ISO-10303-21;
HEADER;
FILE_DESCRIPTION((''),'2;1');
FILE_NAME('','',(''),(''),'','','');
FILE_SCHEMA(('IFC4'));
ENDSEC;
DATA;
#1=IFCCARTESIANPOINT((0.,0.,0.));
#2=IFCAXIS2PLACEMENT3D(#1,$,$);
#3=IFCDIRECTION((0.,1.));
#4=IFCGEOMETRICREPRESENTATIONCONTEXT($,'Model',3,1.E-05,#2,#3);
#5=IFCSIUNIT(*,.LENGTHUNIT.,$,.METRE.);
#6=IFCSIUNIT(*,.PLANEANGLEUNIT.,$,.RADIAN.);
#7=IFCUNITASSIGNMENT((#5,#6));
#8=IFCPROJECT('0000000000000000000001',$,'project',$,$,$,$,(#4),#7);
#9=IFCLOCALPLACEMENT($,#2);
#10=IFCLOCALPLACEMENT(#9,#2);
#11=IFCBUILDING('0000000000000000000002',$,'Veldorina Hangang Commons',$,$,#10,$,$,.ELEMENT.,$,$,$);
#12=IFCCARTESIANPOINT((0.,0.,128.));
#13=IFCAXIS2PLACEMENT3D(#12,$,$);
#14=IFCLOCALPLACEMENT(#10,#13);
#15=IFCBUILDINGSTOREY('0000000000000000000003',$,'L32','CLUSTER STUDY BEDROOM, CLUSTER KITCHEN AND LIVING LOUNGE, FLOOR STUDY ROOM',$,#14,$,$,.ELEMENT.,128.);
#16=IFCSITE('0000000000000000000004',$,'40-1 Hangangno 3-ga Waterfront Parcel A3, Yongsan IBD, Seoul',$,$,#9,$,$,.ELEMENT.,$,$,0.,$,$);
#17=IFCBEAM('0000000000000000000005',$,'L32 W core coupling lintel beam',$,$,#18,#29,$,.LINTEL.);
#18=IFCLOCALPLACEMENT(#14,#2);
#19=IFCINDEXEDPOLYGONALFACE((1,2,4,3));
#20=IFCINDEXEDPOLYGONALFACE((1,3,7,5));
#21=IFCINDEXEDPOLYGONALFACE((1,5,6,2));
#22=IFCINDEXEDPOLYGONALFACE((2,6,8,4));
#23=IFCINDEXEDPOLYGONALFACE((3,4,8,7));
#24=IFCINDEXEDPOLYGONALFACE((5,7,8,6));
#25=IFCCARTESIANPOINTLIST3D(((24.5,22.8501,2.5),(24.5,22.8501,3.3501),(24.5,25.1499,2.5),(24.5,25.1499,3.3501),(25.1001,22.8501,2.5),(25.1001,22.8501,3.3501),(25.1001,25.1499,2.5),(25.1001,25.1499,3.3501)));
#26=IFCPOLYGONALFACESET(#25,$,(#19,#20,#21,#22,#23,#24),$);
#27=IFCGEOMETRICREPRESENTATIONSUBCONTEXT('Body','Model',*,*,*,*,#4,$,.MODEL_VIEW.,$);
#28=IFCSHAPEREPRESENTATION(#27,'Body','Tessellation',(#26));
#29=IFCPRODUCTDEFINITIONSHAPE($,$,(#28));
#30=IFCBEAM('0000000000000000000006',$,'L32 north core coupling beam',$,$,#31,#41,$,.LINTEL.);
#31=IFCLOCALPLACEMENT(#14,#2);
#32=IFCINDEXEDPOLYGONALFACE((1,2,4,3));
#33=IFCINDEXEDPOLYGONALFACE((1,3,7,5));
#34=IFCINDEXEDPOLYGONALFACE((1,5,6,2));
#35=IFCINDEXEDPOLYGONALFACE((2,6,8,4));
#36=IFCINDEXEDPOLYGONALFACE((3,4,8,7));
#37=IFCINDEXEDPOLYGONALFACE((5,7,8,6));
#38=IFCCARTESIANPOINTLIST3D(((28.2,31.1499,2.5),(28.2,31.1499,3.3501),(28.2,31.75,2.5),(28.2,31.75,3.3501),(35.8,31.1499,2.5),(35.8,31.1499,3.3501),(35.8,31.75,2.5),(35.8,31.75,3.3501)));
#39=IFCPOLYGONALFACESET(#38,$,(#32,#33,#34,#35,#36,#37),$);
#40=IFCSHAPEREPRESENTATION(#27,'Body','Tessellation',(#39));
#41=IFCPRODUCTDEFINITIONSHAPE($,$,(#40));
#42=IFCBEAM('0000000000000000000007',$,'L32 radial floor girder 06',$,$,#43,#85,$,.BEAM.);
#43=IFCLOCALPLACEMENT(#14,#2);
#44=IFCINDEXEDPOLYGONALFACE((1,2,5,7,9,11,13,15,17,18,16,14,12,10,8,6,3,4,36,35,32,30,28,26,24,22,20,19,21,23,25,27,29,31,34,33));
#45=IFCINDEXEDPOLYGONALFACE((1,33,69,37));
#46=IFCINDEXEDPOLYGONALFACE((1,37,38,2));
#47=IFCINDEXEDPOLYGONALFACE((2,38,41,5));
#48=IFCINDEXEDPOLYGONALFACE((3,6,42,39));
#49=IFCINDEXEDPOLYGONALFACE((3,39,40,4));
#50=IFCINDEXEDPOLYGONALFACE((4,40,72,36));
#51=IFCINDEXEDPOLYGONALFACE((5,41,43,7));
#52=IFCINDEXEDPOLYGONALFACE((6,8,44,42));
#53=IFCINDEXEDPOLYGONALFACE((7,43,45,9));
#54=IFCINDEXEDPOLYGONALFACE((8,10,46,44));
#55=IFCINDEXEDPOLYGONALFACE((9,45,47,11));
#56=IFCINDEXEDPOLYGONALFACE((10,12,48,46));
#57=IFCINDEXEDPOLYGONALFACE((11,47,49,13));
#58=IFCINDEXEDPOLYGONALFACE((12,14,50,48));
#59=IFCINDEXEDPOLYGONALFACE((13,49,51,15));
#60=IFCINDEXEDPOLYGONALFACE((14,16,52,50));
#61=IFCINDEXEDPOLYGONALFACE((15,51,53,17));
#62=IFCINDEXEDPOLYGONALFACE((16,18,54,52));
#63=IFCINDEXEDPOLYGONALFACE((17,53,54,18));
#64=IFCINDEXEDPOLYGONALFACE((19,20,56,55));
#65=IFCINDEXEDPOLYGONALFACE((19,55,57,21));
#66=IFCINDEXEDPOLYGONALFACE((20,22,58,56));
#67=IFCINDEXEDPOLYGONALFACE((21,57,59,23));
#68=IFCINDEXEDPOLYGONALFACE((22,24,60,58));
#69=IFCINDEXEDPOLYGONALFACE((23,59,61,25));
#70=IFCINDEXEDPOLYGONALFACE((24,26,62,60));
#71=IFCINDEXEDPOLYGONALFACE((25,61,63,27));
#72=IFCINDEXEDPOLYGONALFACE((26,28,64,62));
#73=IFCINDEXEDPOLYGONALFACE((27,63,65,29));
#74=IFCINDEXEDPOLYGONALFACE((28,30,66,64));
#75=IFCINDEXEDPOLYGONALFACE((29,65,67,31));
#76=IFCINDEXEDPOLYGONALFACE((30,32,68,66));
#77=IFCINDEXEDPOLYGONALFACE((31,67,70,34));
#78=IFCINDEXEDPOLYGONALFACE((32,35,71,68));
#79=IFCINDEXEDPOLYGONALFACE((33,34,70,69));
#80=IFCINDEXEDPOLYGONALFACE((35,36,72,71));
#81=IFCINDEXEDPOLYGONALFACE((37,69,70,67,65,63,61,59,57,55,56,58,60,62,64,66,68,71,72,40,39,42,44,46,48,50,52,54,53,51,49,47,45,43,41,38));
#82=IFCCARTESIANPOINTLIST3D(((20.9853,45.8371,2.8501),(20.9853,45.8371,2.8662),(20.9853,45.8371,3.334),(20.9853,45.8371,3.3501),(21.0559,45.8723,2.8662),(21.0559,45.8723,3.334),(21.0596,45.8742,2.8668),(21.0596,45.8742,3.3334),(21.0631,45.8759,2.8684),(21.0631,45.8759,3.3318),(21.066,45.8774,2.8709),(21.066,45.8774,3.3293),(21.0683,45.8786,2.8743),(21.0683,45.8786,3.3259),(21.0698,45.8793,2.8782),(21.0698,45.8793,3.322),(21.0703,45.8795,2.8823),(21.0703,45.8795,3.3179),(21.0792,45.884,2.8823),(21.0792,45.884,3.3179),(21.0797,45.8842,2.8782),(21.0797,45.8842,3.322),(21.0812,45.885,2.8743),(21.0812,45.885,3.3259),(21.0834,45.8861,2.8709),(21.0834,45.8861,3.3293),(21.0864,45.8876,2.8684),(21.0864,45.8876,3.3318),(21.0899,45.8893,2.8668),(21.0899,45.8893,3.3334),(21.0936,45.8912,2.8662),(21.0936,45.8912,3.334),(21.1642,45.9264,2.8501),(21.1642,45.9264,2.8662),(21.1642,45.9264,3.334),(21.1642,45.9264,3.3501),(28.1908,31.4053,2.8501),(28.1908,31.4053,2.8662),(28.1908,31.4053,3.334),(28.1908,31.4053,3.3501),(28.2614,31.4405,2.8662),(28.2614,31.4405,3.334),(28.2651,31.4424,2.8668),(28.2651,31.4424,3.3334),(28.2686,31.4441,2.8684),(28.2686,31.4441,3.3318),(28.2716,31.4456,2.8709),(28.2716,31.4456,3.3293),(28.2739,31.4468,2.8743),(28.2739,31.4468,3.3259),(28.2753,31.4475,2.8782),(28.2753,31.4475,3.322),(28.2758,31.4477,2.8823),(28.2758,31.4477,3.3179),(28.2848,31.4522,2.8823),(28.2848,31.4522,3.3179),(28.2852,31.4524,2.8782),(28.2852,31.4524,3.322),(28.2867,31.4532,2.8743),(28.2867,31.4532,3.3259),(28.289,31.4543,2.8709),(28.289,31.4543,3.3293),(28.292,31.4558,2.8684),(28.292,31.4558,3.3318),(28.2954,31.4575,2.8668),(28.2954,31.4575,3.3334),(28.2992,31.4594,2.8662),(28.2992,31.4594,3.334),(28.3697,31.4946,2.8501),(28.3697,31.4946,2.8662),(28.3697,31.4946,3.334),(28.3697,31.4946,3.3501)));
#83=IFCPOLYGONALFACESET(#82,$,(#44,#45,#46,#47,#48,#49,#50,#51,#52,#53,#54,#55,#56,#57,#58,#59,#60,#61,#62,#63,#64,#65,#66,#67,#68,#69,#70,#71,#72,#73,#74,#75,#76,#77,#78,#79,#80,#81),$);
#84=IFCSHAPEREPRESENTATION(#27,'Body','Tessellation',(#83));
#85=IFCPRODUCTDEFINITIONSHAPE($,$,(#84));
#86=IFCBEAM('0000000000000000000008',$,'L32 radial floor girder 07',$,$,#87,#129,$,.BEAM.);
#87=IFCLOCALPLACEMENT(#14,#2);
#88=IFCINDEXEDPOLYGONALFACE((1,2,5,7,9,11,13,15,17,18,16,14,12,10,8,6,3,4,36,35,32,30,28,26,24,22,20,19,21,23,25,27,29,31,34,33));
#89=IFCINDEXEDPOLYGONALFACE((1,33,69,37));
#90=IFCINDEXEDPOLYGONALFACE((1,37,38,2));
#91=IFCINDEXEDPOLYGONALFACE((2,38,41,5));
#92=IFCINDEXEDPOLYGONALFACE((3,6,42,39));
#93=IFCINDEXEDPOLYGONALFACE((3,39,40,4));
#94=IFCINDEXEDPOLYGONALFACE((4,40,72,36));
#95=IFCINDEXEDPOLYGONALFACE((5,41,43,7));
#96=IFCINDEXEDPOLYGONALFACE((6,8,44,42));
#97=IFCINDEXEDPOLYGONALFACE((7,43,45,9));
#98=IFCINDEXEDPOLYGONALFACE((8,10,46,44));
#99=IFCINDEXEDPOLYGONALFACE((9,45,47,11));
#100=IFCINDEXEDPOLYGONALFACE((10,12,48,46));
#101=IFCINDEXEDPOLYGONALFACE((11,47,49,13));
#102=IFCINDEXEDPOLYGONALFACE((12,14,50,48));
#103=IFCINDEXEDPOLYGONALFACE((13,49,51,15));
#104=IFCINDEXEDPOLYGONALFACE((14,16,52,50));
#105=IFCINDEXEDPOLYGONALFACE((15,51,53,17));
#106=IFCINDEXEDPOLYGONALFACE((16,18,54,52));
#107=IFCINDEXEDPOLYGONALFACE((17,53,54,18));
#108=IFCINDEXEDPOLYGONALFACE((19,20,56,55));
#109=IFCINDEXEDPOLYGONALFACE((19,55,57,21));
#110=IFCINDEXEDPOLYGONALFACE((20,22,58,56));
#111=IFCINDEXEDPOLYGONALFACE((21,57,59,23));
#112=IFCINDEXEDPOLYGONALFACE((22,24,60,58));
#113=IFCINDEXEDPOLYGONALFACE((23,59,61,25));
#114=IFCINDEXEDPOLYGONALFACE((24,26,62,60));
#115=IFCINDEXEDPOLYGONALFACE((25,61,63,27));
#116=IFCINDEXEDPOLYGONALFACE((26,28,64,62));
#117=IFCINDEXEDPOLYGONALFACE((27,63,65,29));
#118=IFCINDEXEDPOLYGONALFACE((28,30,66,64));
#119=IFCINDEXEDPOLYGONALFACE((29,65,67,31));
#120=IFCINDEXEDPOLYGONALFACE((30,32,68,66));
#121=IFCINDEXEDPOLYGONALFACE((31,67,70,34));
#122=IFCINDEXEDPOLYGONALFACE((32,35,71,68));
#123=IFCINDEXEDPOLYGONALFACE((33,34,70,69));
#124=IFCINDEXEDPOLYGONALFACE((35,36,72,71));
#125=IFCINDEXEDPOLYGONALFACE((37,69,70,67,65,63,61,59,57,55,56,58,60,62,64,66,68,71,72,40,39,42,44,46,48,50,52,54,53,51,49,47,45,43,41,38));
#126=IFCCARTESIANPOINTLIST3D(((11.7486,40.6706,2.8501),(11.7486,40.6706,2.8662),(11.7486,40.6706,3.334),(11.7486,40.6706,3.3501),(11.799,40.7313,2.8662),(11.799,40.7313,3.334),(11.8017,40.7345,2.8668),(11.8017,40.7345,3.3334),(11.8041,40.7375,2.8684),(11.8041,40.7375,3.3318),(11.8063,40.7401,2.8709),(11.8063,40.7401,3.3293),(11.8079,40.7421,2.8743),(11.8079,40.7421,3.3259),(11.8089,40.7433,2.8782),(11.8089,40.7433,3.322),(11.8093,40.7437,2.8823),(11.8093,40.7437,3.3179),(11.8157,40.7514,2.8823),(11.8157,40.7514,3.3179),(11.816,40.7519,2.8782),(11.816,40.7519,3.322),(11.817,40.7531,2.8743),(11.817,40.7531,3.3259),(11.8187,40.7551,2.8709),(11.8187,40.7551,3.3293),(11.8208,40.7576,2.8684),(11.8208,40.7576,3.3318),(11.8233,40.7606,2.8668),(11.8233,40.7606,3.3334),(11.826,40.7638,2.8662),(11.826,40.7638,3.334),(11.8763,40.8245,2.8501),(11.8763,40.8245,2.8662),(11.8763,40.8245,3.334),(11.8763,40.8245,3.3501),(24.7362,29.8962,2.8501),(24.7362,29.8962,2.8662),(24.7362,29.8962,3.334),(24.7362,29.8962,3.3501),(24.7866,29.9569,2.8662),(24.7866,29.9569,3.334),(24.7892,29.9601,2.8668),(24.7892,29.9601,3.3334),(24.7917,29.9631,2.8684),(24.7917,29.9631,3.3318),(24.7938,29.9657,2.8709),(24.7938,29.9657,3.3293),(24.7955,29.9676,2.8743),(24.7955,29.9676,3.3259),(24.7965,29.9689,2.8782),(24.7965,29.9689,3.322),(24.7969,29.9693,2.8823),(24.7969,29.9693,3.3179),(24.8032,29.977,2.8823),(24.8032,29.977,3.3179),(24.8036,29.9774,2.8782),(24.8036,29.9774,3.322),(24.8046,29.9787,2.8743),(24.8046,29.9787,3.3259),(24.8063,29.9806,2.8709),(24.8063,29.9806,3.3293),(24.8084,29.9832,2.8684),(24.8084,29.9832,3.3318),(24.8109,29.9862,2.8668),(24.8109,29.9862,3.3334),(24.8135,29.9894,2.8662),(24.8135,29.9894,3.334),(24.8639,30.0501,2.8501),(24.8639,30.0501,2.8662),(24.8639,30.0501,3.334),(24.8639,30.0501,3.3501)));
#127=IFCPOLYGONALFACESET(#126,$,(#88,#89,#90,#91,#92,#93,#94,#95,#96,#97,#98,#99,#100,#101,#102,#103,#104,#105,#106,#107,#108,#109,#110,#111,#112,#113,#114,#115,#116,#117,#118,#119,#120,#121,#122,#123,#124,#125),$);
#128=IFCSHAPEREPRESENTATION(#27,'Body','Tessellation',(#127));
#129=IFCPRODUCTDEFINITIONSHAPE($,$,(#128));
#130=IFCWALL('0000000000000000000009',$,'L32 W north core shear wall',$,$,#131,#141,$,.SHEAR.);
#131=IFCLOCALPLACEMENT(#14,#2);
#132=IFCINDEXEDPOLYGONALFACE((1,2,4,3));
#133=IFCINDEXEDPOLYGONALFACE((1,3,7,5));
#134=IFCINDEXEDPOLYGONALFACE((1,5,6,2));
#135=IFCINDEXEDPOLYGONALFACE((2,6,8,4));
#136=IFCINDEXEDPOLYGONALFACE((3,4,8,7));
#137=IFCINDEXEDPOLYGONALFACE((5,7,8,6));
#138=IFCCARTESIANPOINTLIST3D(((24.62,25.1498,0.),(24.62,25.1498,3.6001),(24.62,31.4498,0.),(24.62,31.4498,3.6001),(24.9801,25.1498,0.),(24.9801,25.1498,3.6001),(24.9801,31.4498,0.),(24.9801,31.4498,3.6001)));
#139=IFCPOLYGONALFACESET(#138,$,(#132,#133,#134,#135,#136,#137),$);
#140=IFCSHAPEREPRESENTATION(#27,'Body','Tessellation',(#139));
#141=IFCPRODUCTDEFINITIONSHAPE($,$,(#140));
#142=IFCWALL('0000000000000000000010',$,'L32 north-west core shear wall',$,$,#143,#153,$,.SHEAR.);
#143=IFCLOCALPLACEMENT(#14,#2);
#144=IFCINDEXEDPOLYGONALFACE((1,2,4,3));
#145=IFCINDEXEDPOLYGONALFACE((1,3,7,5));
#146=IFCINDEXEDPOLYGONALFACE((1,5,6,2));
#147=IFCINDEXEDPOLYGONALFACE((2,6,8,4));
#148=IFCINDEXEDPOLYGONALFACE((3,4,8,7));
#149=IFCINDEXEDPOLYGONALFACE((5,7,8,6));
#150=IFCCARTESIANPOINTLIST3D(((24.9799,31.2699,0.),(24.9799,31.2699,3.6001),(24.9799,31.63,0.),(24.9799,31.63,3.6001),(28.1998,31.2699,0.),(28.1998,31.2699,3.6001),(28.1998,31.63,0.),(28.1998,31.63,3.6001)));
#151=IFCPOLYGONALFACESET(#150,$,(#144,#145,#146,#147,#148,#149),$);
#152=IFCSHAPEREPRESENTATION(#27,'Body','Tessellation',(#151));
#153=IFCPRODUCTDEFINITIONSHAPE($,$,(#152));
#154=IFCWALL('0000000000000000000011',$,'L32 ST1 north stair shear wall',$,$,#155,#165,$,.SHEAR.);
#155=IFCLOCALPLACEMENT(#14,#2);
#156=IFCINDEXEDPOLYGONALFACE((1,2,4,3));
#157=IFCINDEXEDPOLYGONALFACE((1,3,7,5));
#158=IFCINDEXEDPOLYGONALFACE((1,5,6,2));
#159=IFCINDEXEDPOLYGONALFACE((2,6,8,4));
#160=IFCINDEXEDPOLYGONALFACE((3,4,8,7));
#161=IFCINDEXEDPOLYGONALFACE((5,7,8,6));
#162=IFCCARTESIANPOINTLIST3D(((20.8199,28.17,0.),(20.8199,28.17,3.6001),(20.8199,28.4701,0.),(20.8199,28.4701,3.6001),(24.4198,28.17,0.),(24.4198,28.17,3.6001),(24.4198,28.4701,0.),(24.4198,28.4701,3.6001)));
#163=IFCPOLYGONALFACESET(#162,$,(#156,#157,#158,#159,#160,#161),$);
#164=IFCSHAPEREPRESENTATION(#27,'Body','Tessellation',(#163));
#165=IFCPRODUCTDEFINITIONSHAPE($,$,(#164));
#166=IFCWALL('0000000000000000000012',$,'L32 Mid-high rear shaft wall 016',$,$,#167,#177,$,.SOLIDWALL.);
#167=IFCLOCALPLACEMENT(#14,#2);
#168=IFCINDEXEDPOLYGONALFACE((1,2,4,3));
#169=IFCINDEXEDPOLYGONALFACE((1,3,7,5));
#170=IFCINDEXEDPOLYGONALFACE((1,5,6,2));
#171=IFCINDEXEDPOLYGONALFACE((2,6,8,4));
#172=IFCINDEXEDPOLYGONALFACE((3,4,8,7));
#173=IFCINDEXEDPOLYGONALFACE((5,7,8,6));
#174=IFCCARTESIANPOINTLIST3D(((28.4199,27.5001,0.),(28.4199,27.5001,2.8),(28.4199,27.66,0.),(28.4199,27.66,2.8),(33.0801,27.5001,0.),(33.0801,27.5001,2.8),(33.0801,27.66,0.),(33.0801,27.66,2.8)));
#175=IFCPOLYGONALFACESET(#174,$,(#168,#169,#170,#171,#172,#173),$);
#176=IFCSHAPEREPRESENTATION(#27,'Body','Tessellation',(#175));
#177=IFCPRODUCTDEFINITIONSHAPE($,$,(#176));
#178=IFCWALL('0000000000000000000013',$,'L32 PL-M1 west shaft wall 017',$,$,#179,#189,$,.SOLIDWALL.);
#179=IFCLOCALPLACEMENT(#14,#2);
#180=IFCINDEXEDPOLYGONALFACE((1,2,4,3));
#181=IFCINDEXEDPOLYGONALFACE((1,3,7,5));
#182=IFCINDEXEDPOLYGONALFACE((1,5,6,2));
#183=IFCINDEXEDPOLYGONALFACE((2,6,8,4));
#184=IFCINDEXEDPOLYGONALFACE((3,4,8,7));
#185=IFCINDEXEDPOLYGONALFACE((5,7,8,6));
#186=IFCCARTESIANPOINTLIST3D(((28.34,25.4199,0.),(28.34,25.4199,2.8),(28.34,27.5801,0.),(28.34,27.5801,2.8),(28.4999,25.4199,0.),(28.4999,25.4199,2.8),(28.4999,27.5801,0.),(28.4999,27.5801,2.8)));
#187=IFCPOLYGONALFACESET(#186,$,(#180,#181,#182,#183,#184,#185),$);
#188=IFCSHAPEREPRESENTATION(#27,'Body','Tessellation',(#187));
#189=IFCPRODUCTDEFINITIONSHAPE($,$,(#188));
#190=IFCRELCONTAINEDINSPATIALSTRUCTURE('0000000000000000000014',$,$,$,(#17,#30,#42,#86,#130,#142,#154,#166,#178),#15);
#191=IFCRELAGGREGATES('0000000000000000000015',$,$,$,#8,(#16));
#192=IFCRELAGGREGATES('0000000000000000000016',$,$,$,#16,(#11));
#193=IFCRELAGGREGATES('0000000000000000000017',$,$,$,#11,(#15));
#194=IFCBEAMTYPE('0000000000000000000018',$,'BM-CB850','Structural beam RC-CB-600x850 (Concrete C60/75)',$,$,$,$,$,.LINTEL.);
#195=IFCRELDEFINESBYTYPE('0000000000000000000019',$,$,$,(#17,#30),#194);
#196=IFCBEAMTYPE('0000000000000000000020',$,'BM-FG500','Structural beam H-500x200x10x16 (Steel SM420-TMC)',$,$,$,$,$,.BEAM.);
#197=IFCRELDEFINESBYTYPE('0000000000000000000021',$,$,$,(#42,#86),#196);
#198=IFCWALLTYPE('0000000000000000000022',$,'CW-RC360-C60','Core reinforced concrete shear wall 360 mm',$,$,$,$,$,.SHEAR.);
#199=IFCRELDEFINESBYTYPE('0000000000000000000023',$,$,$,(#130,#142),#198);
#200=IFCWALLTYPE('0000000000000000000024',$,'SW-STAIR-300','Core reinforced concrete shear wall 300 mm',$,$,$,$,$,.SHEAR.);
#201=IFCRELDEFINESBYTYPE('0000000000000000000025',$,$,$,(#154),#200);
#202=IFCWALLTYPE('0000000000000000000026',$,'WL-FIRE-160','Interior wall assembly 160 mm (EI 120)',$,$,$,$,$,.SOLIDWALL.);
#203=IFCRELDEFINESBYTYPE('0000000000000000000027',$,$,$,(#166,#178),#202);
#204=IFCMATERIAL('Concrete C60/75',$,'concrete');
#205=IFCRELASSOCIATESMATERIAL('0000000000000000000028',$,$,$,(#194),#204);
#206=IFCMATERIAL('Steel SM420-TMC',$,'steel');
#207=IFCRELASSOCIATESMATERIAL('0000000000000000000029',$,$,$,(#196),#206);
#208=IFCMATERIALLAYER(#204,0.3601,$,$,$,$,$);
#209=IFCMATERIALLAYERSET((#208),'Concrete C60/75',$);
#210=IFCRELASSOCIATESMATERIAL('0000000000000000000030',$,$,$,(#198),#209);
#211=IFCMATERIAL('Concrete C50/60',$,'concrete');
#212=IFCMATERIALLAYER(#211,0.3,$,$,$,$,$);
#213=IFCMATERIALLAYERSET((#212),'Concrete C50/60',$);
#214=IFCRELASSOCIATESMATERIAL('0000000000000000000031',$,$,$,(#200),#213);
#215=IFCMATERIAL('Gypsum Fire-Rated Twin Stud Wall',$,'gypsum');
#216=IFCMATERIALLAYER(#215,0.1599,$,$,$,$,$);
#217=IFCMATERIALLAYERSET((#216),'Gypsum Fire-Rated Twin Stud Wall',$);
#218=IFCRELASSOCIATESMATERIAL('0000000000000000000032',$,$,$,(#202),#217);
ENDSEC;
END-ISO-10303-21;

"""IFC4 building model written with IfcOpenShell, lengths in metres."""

from ifc_helpers import new_model, si_unit, direction, frame, frame_2d, origin, origin_2d, place, context, subcontext, project, spatial, rectangle, i_section, extrude, material, layer, layer_set, material_profile, profile_set, type_object, element, save


model = new_model("IFC4")

# Units and contexts
model_context = context("Model", 3, precision=1e-05, world=origin(), true_north=direction((0.0, 1.0)))
body_context = subcontext(model_context, "Body", "Model", "MODEL_VIEW")
ifc_project = project(units=[si_unit("LENGTHUNIT", "METRE"), si_unit("PLANEANGLEUNIT", "RADIAN")], contexts=[model_context])

# Site, building, storey
site_placement = place(None, origin())
site = spatial("IfcSite", under=ifc_project, at=site_placement, Name="40-1 Hangangno 3-ga Waterfront Parcel A3, Yongsan IBD, Seoul", CompositionType="ELEMENT", RefElevation=0.0)
building_placement = place(site_placement, origin())
building = spatial("IfcBuilding", under=site, at=building_placement, Name="Veldorina Hangang Commons", CompositionType="ELEMENT")
storey_placement = place(building_placement, frame((0.0, 0.0, 128.0)))
storey = spatial("IfcBuildingStorey", under=building, at=storey_placement, Name="L32", Description="CLUSTER STUDY BEDROOM, CLUSTER KITCHEN AND LIVING LOUNGE, FLOOR STUDY ROOM", CompositionType="ELEMENT", Elevation=128.0)

# Beams
ifc_material_1 = material(Name="Concrete C60/75", Category="concrete")
ifc_material_profile_1 = material_profile(ifc_material_1, rectangle(XDim=0.6001, YDim=0.8501, at=origin_2d()), Name="RC-CB-600x850")
ifc_profile_set_1 = profile_set([ifc_material_profile_1], Name="Concrete C60/75")
beam_type_1 = type_object("IfcBeamType", Name="BM-CB850", Description="Structural beam RC-CB-600x850 (Concrete C60/75)", PredefinedType="LINTEL", material=ifc_profile_set_1)
beam_1_placement = place(storey_placement, frame((24.8, 22.8501, 2.925), z_axis=(0.0, 1.0, 0.0), x_axis=(-1.0, 0.0, 0.0)))
element("IfcBeam", 1, at=beam_1_placement, inside=storey, type_object=beam_type_1, Name="L32 W core coupling lintel beam", PredefinedType="LINTEL", context=body_context, shape_type="SweptSolid", body=[
    extrude(rectangle(XDim=0.6001, YDim=0.8501, at=origin_2d()), origin(), (0.0, 0.0, 1.0), 2.2998),
])
beam_2_placement = place(storey_placement, frame((28.2, 31.45, 2.925), z_axis=(1.0, 0.0, 0.0), x_axis=(0.0, 1.0, 0.0)))
element("IfcBeam", 2, at=beam_2_placement, inside=storey, type_object=beam_type_1, Name="L32 north core coupling beam", PredefinedType="LINTEL", context=body_context, shape_type="SweptSolid", body=[
    extrude(rectangle(XDim=0.6001, YDim=0.8501, at=origin_2d()), origin(), (0.0, 0.0, 1.0), 7.6001),
])
ifc_material_2 = material(Name="Steel SM420-TMC", Category="steel")
ifc_material_profile_2 = material_profile(ifc_material_2, i_section(OverallWidth=0.2, OverallDepth=0.5, WebThickness=0.01, FlangeThickness=0.0161, FilletRadius=0.0161, at=origin_2d()), Name="H-500x200x10x16")
ifc_profile_set_2 = profile_set([ifc_material_profile_2], Name="Steel SM420-TMC")
beam_type_2 = type_object("IfcBeamType", Name="BM-FG500", Description="Structural beam H-500x200x10x16 (Steel SM420-TMC)", PredefinedType="BEAM", material=ifc_profile_set_2)
beam_3_placement = place(storey_placement, frame((28.2803, 31.45, 3.1001), z_axis=(-0.446699, 0.894684, 0.0), x_axis=(-0.894684, -0.446699, 0.0)))
element("IfcBeam", 3, at=beam_3_placement, inside=storey, type_object=beam_type_2, Name="L32 radial floor girder 06", PredefinedType="BEAM", context=body_context, shape_type="SweptSolid", body=[
    extrude(i_section(OverallWidth=0.2, OverallDepth=0.5, WebThickness=0.01, FlangeThickness=0.0161, FilletRadius=0.0161, at=origin_2d()), origin(), (0.0, 0.0, 1.0), 16.1306),
])
beam_4_placement = place(storey_placement, frame((24.8, 29.9731, 3.1001), z_axis=(-0.769634, 0.638485, 0.0), x_axis=(-0.638485, -0.769634, 0.0)))
element("IfcBeam", 4, at=beam_4_placement, inside=storey, type_object=beam_type_2, Name="L32 radial floor girder 07", PredefinedType="BEAM", context=body_context, shape_type="SweptSolid", body=[
    extrude(i_section(OverallWidth=0.2, OverallDepth=0.5, WebThickness=0.01, FlangeThickness=0.0161, FilletRadius=0.0161, at=origin_2d()), origin(), (0.0, 0.0, 1.0), 16.875),
])

# Walls
ifc_layer_1 = layer(ifc_material_1, 0.3601)
ifc_layer_set_1 = layer_set([ifc_layer_1], Name="Concrete C60/75")
wall_type_1 = type_object("IfcWallType", Name="CW-RC360-C60", Description="Core reinforced concrete shear wall 360 mm", PredefinedType="SHEAR", material=ifc_layer_set_1)
wall_1_placement = place(storey_placement, frame((24.8, 25.1499, 0.0), z_axis=(0.0, 0.0, 1.0), x_axis=(0.0, 1.0, 0.0)))
element("IfcWall", 5, at=wall_1_placement, inside=storey, type_object=wall_type_1, Name="L32 W north core shear wall", PredefinedType="SHEAR", context=body_context, shape_type="SweptSolid", body=[
    extrude(rectangle(XDim=6.3, YDim=0.3601, at=frame_2d((3.1499, 0.0))), origin(), (0.0, 0.0, 1.0), 3.6001),
])
wall_2_placement = place(storey_placement, frame((24.98, 31.45, 0.0), z_axis=(0.0, 0.0, 1.0), x_axis=(1.0, 0.0, 0.0)))
element("IfcWall", 6, at=wall_2_placement, inside=storey, type_object=wall_type_1, Name="L32 north-west core shear wall", PredefinedType="SHEAR", context=body_context, shape_type="SweptSolid", body=[
    extrude(rectangle(XDim=3.22, YDim=0.3601, at=frame_2d((1.6099, 0.0))), origin(), (0.0, 0.0, 1.0), 3.6001),
])
ifc_material_3 = material(Name="Concrete C50/60", Category="concrete")
ifc_layer_2 = layer(ifc_material_3, 0.3)
ifc_layer_set_2 = layer_set([ifc_layer_2], Name="Concrete C50/60")
wall_type_2 = type_object("IfcWallType", Name="SW-STAIR-300", Description="Core reinforced concrete shear wall 300 mm", PredefinedType="SHEAR", material=ifc_layer_set_2)
wall_3_placement = place(storey_placement, frame((20.8201, 28.3201, 0.0), z_axis=(0.0, 0.0, 1.0), x_axis=(1.0, 0.0, 0.0)))
element("IfcWall", 7, at=wall_3_placement, inside=storey, type_object=wall_type_2, Name="L32 ST1 north stair shear wall", PredefinedType="SHEAR", context=body_context, shape_type="SweptSolid", body=[
    extrude(rectangle(XDim=3.5999, YDim=0.3, at=frame_2d((1.7998, 0.0))), origin(), (0.0, 0.0, 1.0), 3.6001),
])

# Shared definitions
ifc_material_4 = material(Name="Gypsum Fire-Rated Twin Stud Wall", Category="gypsum")
ifc_layer_3 = layer(ifc_material_4, 0.1599)
ifc_layer_set_3 = layer_set([ifc_layer_3], Name="Gypsum Fire-Rated Twin Stud Wall")
wall_type_3 = type_object("IfcWallType", Name="WL-FIRE-160", Description="Interior wall assembly 160 mm (EI 120)", PredefinedType="SOLIDWALL", material=ifc_layer_set_3)

# Walls
wall_4_placement = place(storey_placement, frame((28.4199, 27.5801, 0.0), z_axis=(0.0, 0.0, 1.0), x_axis=(1.0, 0.0, 0.0)))
element("IfcWall", 8, at=wall_4_placement, inside=storey, type_object=wall_type_3, Name="L32 Mid-high rear shaft wall 016", PredefinedType="SOLIDWALL", context=body_context, shape_type="SweptSolid", body=[
    extrude(rectangle(XDim=4.6602, YDim=0.1599, at=frame_2d((2.3301, 0.0))), origin(), (0.0, 0.0, 1.0), 2.8),
])
for number, where, z_axis, x_axis, name in (
    (9, (28.4199, 25.4199, 0.0), (0.0, 0.0, 1.0), (0.0, 1.0, 0.0), "L32 PL-M1 west shaft wall 017"),
):
    element("IfcWall", number, at=place(storey_placement, frame(where, z_axis=z_axis, x_axis=x_axis)), inside=storey, type_object=wall_type_3, Name=name, PredefinedType="SOLIDWALL", context=body_context, shape_type="SweptSolid", body=[
        extrude(rectangle(XDim=2.1602, YDim=0.1599, at=frame_2d((1.0801, 0.0))), origin(), (0.0, 0.0, 1.0), 2.8),
    ])

save(model, "model.ifc")
